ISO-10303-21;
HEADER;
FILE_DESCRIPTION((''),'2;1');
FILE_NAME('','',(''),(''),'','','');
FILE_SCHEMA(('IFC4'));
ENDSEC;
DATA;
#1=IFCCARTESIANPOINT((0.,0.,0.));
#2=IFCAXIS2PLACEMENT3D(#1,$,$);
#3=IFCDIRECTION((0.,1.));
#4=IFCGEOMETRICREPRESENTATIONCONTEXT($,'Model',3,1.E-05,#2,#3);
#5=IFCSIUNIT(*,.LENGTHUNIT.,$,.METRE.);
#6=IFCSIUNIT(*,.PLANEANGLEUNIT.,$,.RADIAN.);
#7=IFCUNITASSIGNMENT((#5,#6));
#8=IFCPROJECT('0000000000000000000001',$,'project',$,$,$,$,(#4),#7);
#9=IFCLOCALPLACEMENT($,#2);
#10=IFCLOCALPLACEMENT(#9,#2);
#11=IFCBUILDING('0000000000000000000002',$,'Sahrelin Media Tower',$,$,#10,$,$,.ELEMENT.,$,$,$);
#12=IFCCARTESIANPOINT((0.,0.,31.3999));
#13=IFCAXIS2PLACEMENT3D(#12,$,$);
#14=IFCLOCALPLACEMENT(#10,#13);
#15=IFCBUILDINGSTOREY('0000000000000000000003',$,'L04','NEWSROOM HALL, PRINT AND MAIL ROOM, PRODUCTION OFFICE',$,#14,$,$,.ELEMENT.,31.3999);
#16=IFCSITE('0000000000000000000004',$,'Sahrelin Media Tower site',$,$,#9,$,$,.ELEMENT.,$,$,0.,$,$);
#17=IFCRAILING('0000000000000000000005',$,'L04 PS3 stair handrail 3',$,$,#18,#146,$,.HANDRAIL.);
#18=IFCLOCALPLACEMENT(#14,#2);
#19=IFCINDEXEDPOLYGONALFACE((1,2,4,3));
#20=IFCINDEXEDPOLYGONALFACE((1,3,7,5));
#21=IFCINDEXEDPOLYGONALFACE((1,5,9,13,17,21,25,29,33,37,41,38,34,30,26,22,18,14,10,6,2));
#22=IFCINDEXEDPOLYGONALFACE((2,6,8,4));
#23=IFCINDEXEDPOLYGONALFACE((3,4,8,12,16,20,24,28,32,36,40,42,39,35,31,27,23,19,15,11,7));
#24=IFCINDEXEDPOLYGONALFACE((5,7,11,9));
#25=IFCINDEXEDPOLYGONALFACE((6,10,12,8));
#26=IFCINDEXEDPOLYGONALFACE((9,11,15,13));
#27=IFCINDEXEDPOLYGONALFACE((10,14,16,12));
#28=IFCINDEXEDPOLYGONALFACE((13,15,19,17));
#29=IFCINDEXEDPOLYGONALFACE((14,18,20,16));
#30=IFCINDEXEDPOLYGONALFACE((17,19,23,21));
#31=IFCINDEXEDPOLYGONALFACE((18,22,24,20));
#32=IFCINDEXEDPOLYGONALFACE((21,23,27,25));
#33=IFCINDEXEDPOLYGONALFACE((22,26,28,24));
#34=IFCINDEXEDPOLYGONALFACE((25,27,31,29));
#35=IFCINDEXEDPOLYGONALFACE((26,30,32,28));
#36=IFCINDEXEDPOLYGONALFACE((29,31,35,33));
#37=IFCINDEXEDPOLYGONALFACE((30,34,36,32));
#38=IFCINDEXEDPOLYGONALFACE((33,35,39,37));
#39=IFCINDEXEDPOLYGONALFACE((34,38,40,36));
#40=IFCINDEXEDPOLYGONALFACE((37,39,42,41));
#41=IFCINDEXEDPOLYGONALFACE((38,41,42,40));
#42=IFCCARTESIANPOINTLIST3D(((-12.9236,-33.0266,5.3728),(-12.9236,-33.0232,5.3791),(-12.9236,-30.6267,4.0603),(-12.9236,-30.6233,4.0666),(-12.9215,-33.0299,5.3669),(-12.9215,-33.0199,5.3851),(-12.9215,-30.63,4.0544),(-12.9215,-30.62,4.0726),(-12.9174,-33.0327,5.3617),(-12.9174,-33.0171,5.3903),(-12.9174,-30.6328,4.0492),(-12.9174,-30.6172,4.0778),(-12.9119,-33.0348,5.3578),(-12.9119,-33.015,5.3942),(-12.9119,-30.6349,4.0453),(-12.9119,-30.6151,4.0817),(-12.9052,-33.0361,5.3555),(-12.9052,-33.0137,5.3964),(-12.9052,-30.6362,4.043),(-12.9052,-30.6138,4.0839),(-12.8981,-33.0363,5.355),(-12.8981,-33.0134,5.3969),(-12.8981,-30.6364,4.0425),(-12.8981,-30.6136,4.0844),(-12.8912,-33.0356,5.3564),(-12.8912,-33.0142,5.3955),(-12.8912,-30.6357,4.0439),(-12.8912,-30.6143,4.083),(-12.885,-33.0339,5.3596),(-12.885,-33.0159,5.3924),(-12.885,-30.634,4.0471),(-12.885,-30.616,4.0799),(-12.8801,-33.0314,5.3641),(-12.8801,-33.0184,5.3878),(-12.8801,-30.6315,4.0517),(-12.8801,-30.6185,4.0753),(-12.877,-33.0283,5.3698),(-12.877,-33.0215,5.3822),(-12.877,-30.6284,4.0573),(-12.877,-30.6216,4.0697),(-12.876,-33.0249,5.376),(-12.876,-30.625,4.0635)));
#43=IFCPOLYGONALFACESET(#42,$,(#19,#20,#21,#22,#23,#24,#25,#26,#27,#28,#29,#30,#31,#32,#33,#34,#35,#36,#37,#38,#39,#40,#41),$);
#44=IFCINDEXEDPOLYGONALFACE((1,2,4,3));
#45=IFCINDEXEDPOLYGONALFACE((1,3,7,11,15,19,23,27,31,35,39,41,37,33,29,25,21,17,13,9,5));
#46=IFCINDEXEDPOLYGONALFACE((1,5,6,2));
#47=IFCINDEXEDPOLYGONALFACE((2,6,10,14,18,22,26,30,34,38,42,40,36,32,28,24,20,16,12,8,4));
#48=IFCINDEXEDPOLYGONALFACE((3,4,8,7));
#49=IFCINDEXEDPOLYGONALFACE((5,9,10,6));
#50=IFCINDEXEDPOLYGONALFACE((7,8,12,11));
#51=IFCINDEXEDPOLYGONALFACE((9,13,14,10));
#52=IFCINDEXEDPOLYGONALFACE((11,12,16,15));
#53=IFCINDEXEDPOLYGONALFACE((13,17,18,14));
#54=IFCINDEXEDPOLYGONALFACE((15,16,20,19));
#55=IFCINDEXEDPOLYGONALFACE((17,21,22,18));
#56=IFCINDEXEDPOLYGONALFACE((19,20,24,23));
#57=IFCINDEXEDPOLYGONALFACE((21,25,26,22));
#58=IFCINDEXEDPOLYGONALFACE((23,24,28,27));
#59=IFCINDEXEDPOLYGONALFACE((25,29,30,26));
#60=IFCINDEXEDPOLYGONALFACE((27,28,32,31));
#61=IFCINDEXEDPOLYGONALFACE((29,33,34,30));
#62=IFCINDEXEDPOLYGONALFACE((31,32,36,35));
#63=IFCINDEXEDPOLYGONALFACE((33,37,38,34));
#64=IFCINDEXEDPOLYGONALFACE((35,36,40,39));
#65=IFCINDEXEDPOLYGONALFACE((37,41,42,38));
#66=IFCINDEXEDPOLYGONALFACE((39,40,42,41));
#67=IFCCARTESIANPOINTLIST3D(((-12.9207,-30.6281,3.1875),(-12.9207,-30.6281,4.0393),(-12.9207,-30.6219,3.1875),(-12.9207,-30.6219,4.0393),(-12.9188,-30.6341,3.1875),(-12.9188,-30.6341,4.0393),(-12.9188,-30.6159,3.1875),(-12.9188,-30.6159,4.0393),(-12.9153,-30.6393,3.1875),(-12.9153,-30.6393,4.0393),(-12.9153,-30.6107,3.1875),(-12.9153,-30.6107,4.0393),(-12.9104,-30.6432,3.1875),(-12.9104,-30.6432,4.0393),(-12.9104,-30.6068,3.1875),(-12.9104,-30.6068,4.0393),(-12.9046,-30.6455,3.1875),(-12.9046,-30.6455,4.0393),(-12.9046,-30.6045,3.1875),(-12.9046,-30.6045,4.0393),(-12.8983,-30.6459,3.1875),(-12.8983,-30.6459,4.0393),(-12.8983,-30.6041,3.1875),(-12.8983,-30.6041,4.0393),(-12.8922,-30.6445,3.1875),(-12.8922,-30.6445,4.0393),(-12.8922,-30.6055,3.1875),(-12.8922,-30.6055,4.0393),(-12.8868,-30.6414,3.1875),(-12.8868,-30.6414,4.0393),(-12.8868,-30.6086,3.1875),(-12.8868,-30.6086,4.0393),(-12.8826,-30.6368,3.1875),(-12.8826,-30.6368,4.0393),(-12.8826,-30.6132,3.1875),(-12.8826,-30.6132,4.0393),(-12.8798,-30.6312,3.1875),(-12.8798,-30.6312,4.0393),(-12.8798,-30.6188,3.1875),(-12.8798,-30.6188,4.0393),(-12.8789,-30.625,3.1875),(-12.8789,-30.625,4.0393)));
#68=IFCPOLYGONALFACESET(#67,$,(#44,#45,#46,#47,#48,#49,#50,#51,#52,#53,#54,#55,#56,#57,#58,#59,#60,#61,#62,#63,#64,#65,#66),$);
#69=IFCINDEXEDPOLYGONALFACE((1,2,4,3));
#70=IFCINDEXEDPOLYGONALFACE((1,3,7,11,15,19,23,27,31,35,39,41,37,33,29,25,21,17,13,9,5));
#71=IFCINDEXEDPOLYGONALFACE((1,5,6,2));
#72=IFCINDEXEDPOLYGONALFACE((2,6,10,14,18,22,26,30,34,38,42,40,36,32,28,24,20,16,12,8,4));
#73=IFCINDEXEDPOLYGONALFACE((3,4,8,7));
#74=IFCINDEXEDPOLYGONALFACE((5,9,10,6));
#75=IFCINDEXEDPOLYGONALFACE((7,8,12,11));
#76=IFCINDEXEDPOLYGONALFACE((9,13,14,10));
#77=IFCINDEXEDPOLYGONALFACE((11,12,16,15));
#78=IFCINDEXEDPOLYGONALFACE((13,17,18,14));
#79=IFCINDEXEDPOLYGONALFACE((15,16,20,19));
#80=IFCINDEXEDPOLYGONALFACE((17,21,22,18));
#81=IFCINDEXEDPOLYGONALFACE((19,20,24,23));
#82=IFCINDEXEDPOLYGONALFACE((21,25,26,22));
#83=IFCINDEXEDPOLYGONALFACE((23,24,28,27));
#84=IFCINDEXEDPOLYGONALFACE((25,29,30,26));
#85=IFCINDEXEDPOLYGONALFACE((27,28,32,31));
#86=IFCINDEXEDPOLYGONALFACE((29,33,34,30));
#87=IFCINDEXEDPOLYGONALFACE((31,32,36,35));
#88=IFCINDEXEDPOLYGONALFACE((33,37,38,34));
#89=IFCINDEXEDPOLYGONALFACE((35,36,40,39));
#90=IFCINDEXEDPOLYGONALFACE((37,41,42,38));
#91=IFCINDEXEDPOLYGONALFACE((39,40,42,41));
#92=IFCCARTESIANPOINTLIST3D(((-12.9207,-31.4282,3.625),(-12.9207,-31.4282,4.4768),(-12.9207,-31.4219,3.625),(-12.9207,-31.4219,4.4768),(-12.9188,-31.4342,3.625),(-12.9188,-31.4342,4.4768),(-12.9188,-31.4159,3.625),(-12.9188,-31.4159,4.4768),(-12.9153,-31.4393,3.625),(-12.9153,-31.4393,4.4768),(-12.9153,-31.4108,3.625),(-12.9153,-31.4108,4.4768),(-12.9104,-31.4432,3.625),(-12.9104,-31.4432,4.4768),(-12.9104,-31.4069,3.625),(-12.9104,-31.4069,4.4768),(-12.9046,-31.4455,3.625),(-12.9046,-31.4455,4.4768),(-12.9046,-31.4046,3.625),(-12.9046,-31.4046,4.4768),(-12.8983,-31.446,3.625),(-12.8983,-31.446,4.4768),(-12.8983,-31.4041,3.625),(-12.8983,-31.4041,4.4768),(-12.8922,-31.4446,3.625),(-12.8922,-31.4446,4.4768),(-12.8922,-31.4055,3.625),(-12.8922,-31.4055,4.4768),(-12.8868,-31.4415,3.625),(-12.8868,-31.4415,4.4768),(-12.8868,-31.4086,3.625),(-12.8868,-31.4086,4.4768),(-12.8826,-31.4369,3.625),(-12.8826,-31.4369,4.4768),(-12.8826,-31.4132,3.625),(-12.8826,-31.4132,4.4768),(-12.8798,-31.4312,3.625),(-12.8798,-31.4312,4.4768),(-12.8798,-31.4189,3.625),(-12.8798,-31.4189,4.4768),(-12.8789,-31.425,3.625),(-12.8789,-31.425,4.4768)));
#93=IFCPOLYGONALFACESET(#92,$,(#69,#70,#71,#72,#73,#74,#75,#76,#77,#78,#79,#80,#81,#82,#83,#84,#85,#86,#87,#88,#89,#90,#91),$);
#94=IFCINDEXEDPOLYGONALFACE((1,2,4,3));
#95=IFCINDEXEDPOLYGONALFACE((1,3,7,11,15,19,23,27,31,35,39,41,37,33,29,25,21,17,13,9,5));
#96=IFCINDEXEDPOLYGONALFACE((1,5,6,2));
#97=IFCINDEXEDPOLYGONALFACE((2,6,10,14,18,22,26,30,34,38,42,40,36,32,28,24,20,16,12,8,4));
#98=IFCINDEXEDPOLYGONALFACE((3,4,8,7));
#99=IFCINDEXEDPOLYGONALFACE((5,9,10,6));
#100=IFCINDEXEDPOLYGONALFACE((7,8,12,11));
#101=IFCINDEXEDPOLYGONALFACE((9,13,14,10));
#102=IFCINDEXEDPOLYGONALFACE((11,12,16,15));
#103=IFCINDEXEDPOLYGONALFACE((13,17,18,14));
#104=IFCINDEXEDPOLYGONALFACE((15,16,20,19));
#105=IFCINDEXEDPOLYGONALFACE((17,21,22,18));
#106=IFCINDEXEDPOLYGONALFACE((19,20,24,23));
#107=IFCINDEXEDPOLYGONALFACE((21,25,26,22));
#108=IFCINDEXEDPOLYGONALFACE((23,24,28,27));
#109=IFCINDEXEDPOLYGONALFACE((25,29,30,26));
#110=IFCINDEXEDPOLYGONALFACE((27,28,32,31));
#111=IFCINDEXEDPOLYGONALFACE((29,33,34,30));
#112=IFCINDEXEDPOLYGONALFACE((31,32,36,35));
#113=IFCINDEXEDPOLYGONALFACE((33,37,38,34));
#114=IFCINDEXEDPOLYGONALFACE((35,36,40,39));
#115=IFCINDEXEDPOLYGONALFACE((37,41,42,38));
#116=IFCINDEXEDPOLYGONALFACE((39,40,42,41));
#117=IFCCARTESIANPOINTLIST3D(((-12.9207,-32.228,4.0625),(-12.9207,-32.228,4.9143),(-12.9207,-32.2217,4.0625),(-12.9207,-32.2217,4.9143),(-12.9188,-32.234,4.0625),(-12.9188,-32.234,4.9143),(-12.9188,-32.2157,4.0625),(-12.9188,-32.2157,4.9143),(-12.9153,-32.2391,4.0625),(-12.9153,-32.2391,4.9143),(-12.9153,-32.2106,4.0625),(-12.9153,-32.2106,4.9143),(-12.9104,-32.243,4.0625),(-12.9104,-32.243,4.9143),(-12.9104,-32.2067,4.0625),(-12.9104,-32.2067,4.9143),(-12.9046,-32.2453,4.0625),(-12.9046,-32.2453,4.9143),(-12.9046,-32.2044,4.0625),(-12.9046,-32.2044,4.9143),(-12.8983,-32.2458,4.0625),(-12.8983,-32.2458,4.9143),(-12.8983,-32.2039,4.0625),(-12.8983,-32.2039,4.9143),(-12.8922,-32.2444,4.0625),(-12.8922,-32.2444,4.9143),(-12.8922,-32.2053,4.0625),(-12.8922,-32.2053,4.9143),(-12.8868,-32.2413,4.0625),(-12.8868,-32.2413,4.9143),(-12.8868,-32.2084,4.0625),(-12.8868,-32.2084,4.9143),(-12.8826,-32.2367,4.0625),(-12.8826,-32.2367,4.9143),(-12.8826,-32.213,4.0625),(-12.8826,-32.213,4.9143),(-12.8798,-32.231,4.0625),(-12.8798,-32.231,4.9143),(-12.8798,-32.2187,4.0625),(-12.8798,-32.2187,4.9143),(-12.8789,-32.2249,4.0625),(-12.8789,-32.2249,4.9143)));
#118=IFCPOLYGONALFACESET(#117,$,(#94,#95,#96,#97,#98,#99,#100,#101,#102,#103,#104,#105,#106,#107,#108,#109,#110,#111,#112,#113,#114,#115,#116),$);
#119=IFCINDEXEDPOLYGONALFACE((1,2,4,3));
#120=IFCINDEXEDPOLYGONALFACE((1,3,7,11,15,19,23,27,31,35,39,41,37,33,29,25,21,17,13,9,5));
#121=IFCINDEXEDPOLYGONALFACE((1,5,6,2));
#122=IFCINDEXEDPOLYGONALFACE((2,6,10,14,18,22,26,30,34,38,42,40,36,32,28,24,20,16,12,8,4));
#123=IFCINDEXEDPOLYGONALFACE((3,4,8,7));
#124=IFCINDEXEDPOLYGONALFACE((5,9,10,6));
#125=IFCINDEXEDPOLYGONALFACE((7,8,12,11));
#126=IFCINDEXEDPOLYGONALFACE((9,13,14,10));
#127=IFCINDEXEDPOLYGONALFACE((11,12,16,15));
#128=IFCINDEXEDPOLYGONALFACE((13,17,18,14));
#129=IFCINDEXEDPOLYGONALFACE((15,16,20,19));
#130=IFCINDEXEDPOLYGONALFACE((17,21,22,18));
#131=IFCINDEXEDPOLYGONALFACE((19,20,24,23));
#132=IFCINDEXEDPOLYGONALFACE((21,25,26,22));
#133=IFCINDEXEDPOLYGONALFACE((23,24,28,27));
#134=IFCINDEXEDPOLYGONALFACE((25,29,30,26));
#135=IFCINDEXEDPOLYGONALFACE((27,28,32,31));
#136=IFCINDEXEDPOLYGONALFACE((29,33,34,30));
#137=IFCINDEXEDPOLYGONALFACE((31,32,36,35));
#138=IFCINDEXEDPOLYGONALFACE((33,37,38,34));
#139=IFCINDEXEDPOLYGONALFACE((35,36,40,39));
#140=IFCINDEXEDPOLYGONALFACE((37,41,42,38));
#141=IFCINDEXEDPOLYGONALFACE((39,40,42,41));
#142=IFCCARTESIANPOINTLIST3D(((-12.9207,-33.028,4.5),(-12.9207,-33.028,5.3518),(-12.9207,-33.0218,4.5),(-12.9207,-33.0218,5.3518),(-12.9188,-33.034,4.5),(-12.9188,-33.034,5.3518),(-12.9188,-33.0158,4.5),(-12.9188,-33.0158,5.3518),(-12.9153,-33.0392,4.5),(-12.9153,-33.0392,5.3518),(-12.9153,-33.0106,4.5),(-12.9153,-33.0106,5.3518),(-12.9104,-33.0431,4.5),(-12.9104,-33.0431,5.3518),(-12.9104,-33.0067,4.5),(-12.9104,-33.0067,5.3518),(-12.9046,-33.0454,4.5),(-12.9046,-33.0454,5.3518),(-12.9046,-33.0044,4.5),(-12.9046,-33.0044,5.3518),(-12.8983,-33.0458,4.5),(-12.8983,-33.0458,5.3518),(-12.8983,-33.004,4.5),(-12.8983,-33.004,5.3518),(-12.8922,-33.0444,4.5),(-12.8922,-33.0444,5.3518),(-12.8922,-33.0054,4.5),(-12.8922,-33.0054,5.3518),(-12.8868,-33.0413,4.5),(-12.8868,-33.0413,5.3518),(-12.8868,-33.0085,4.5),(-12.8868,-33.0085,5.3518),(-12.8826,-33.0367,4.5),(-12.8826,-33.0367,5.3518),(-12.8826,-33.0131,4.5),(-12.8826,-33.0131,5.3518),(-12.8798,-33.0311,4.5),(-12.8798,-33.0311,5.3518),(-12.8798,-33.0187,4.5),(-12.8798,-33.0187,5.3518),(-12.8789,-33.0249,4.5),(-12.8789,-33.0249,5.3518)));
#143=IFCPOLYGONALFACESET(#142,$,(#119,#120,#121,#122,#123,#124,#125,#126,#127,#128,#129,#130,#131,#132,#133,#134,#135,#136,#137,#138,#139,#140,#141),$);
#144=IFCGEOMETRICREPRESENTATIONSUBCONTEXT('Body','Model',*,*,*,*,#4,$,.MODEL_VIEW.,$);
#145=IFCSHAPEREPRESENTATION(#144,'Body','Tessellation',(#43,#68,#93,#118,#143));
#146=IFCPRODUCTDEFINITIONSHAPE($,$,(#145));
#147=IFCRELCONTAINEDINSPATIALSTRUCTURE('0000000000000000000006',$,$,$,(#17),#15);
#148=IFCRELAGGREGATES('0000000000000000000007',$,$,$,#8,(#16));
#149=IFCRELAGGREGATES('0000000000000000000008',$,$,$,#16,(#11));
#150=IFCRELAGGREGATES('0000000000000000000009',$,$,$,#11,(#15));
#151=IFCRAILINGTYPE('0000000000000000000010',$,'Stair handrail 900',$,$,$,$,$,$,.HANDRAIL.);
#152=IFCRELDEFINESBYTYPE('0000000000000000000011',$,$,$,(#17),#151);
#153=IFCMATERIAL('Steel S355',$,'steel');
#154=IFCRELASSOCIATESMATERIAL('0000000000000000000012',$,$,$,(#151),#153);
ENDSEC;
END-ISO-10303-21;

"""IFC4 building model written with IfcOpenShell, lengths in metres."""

from ifc_helpers import new_model, si_unit, direction, frame, origin, origin_2d, place, context, subcontext, project, spatial, circle, extrude, material, type_object, element, save


model = new_model("IFC4")

# Units and contexts
model_context = context("Model", 3, precision=1e-05, world=origin(), true_north=direction((0.0, 1.0)))
body_context = subcontext(model_context, "Body", "Model", "MODEL_VIEW")
ifc_project = project(units=[si_unit("LENGTHUNIT", "METRE"), si_unit("PLANEANGLEUNIT", "RADIAN")], contexts=[model_context])

# Site, building, storey
site_placement = place(None, origin())
site = spatial("IfcSite", under=ifc_project, at=site_placement, Name="Sahrelin Media Tower site", CompositionType="ELEMENT", RefElevation=0.0)
building_placement = place(site_placement, origin())
building = spatial("IfcBuilding", under=site, at=building_placement, Name="Sahrelin Media Tower", CompositionType="ELEMENT")
storey_placement = place(building_placement, frame((0.0, 0.0, 31.3999)))
storey = spatial("IfcBuildingStorey", under=building, at=storey_placement, Name="L04", Description="NEWSROOM HALL, PRINT AND MAIL ROOM, PRODUCTION OFFICE", CompositionType="ELEMENT", Elevation=31.3999)

# Shared definitions
ifc_material_1 = material(Name="Steel S355", Category="steel")

# Railing
railing_type_1 = type_object("IfcRailingType", Name="Stair handrail 900", PredefinedType="HANDRAIL", material=ifc_material_1)
for number, where, name in (
    (1, (-12.8999, -30.625, 3.1875), "L04 PS3 stair handrail 3"),
):
    element("IfcRailing", number, at=place(storey_placement, frame(where)), inside=storey, type_object=railing_type_1, Name=name, PredefinedType="HANDRAIL", context=body_context, shape_type="SweptSolid", body=[
        extrude(circle(Radius=0.0239, at=origin_2d()), frame((0.0, 0.0, 0.876), z_axis=(0.0, -0.877363, 0.479827), x_axis=(1.0, 0.0, 0.0)), (0.0, 0.0, 1.0), 2.7354),
        extrude(circle(Radius=0.021, at=origin_2d()), origin(), (0.0, 0.0, 1.0), 0.8518),
        extrude(circle(Radius=0.021, at=origin_2d()), frame((0.0, -0.8, 0.4375)), (0.0, 0.0, 1.0), 0.8518),
        extrude(circle(Radius=0.021, at=origin_2d()), frame((0.0, -1.5999, 0.875)), (0.0, 0.0, 1.0), 0.8518),
        extrude(circle(Radius=0.021, at=origin_2d()), frame((0.0, -2.3999, 1.3125)), (0.0, 0.0, 1.0), 0.8518),
    ])

save(model, "model.ifc")
